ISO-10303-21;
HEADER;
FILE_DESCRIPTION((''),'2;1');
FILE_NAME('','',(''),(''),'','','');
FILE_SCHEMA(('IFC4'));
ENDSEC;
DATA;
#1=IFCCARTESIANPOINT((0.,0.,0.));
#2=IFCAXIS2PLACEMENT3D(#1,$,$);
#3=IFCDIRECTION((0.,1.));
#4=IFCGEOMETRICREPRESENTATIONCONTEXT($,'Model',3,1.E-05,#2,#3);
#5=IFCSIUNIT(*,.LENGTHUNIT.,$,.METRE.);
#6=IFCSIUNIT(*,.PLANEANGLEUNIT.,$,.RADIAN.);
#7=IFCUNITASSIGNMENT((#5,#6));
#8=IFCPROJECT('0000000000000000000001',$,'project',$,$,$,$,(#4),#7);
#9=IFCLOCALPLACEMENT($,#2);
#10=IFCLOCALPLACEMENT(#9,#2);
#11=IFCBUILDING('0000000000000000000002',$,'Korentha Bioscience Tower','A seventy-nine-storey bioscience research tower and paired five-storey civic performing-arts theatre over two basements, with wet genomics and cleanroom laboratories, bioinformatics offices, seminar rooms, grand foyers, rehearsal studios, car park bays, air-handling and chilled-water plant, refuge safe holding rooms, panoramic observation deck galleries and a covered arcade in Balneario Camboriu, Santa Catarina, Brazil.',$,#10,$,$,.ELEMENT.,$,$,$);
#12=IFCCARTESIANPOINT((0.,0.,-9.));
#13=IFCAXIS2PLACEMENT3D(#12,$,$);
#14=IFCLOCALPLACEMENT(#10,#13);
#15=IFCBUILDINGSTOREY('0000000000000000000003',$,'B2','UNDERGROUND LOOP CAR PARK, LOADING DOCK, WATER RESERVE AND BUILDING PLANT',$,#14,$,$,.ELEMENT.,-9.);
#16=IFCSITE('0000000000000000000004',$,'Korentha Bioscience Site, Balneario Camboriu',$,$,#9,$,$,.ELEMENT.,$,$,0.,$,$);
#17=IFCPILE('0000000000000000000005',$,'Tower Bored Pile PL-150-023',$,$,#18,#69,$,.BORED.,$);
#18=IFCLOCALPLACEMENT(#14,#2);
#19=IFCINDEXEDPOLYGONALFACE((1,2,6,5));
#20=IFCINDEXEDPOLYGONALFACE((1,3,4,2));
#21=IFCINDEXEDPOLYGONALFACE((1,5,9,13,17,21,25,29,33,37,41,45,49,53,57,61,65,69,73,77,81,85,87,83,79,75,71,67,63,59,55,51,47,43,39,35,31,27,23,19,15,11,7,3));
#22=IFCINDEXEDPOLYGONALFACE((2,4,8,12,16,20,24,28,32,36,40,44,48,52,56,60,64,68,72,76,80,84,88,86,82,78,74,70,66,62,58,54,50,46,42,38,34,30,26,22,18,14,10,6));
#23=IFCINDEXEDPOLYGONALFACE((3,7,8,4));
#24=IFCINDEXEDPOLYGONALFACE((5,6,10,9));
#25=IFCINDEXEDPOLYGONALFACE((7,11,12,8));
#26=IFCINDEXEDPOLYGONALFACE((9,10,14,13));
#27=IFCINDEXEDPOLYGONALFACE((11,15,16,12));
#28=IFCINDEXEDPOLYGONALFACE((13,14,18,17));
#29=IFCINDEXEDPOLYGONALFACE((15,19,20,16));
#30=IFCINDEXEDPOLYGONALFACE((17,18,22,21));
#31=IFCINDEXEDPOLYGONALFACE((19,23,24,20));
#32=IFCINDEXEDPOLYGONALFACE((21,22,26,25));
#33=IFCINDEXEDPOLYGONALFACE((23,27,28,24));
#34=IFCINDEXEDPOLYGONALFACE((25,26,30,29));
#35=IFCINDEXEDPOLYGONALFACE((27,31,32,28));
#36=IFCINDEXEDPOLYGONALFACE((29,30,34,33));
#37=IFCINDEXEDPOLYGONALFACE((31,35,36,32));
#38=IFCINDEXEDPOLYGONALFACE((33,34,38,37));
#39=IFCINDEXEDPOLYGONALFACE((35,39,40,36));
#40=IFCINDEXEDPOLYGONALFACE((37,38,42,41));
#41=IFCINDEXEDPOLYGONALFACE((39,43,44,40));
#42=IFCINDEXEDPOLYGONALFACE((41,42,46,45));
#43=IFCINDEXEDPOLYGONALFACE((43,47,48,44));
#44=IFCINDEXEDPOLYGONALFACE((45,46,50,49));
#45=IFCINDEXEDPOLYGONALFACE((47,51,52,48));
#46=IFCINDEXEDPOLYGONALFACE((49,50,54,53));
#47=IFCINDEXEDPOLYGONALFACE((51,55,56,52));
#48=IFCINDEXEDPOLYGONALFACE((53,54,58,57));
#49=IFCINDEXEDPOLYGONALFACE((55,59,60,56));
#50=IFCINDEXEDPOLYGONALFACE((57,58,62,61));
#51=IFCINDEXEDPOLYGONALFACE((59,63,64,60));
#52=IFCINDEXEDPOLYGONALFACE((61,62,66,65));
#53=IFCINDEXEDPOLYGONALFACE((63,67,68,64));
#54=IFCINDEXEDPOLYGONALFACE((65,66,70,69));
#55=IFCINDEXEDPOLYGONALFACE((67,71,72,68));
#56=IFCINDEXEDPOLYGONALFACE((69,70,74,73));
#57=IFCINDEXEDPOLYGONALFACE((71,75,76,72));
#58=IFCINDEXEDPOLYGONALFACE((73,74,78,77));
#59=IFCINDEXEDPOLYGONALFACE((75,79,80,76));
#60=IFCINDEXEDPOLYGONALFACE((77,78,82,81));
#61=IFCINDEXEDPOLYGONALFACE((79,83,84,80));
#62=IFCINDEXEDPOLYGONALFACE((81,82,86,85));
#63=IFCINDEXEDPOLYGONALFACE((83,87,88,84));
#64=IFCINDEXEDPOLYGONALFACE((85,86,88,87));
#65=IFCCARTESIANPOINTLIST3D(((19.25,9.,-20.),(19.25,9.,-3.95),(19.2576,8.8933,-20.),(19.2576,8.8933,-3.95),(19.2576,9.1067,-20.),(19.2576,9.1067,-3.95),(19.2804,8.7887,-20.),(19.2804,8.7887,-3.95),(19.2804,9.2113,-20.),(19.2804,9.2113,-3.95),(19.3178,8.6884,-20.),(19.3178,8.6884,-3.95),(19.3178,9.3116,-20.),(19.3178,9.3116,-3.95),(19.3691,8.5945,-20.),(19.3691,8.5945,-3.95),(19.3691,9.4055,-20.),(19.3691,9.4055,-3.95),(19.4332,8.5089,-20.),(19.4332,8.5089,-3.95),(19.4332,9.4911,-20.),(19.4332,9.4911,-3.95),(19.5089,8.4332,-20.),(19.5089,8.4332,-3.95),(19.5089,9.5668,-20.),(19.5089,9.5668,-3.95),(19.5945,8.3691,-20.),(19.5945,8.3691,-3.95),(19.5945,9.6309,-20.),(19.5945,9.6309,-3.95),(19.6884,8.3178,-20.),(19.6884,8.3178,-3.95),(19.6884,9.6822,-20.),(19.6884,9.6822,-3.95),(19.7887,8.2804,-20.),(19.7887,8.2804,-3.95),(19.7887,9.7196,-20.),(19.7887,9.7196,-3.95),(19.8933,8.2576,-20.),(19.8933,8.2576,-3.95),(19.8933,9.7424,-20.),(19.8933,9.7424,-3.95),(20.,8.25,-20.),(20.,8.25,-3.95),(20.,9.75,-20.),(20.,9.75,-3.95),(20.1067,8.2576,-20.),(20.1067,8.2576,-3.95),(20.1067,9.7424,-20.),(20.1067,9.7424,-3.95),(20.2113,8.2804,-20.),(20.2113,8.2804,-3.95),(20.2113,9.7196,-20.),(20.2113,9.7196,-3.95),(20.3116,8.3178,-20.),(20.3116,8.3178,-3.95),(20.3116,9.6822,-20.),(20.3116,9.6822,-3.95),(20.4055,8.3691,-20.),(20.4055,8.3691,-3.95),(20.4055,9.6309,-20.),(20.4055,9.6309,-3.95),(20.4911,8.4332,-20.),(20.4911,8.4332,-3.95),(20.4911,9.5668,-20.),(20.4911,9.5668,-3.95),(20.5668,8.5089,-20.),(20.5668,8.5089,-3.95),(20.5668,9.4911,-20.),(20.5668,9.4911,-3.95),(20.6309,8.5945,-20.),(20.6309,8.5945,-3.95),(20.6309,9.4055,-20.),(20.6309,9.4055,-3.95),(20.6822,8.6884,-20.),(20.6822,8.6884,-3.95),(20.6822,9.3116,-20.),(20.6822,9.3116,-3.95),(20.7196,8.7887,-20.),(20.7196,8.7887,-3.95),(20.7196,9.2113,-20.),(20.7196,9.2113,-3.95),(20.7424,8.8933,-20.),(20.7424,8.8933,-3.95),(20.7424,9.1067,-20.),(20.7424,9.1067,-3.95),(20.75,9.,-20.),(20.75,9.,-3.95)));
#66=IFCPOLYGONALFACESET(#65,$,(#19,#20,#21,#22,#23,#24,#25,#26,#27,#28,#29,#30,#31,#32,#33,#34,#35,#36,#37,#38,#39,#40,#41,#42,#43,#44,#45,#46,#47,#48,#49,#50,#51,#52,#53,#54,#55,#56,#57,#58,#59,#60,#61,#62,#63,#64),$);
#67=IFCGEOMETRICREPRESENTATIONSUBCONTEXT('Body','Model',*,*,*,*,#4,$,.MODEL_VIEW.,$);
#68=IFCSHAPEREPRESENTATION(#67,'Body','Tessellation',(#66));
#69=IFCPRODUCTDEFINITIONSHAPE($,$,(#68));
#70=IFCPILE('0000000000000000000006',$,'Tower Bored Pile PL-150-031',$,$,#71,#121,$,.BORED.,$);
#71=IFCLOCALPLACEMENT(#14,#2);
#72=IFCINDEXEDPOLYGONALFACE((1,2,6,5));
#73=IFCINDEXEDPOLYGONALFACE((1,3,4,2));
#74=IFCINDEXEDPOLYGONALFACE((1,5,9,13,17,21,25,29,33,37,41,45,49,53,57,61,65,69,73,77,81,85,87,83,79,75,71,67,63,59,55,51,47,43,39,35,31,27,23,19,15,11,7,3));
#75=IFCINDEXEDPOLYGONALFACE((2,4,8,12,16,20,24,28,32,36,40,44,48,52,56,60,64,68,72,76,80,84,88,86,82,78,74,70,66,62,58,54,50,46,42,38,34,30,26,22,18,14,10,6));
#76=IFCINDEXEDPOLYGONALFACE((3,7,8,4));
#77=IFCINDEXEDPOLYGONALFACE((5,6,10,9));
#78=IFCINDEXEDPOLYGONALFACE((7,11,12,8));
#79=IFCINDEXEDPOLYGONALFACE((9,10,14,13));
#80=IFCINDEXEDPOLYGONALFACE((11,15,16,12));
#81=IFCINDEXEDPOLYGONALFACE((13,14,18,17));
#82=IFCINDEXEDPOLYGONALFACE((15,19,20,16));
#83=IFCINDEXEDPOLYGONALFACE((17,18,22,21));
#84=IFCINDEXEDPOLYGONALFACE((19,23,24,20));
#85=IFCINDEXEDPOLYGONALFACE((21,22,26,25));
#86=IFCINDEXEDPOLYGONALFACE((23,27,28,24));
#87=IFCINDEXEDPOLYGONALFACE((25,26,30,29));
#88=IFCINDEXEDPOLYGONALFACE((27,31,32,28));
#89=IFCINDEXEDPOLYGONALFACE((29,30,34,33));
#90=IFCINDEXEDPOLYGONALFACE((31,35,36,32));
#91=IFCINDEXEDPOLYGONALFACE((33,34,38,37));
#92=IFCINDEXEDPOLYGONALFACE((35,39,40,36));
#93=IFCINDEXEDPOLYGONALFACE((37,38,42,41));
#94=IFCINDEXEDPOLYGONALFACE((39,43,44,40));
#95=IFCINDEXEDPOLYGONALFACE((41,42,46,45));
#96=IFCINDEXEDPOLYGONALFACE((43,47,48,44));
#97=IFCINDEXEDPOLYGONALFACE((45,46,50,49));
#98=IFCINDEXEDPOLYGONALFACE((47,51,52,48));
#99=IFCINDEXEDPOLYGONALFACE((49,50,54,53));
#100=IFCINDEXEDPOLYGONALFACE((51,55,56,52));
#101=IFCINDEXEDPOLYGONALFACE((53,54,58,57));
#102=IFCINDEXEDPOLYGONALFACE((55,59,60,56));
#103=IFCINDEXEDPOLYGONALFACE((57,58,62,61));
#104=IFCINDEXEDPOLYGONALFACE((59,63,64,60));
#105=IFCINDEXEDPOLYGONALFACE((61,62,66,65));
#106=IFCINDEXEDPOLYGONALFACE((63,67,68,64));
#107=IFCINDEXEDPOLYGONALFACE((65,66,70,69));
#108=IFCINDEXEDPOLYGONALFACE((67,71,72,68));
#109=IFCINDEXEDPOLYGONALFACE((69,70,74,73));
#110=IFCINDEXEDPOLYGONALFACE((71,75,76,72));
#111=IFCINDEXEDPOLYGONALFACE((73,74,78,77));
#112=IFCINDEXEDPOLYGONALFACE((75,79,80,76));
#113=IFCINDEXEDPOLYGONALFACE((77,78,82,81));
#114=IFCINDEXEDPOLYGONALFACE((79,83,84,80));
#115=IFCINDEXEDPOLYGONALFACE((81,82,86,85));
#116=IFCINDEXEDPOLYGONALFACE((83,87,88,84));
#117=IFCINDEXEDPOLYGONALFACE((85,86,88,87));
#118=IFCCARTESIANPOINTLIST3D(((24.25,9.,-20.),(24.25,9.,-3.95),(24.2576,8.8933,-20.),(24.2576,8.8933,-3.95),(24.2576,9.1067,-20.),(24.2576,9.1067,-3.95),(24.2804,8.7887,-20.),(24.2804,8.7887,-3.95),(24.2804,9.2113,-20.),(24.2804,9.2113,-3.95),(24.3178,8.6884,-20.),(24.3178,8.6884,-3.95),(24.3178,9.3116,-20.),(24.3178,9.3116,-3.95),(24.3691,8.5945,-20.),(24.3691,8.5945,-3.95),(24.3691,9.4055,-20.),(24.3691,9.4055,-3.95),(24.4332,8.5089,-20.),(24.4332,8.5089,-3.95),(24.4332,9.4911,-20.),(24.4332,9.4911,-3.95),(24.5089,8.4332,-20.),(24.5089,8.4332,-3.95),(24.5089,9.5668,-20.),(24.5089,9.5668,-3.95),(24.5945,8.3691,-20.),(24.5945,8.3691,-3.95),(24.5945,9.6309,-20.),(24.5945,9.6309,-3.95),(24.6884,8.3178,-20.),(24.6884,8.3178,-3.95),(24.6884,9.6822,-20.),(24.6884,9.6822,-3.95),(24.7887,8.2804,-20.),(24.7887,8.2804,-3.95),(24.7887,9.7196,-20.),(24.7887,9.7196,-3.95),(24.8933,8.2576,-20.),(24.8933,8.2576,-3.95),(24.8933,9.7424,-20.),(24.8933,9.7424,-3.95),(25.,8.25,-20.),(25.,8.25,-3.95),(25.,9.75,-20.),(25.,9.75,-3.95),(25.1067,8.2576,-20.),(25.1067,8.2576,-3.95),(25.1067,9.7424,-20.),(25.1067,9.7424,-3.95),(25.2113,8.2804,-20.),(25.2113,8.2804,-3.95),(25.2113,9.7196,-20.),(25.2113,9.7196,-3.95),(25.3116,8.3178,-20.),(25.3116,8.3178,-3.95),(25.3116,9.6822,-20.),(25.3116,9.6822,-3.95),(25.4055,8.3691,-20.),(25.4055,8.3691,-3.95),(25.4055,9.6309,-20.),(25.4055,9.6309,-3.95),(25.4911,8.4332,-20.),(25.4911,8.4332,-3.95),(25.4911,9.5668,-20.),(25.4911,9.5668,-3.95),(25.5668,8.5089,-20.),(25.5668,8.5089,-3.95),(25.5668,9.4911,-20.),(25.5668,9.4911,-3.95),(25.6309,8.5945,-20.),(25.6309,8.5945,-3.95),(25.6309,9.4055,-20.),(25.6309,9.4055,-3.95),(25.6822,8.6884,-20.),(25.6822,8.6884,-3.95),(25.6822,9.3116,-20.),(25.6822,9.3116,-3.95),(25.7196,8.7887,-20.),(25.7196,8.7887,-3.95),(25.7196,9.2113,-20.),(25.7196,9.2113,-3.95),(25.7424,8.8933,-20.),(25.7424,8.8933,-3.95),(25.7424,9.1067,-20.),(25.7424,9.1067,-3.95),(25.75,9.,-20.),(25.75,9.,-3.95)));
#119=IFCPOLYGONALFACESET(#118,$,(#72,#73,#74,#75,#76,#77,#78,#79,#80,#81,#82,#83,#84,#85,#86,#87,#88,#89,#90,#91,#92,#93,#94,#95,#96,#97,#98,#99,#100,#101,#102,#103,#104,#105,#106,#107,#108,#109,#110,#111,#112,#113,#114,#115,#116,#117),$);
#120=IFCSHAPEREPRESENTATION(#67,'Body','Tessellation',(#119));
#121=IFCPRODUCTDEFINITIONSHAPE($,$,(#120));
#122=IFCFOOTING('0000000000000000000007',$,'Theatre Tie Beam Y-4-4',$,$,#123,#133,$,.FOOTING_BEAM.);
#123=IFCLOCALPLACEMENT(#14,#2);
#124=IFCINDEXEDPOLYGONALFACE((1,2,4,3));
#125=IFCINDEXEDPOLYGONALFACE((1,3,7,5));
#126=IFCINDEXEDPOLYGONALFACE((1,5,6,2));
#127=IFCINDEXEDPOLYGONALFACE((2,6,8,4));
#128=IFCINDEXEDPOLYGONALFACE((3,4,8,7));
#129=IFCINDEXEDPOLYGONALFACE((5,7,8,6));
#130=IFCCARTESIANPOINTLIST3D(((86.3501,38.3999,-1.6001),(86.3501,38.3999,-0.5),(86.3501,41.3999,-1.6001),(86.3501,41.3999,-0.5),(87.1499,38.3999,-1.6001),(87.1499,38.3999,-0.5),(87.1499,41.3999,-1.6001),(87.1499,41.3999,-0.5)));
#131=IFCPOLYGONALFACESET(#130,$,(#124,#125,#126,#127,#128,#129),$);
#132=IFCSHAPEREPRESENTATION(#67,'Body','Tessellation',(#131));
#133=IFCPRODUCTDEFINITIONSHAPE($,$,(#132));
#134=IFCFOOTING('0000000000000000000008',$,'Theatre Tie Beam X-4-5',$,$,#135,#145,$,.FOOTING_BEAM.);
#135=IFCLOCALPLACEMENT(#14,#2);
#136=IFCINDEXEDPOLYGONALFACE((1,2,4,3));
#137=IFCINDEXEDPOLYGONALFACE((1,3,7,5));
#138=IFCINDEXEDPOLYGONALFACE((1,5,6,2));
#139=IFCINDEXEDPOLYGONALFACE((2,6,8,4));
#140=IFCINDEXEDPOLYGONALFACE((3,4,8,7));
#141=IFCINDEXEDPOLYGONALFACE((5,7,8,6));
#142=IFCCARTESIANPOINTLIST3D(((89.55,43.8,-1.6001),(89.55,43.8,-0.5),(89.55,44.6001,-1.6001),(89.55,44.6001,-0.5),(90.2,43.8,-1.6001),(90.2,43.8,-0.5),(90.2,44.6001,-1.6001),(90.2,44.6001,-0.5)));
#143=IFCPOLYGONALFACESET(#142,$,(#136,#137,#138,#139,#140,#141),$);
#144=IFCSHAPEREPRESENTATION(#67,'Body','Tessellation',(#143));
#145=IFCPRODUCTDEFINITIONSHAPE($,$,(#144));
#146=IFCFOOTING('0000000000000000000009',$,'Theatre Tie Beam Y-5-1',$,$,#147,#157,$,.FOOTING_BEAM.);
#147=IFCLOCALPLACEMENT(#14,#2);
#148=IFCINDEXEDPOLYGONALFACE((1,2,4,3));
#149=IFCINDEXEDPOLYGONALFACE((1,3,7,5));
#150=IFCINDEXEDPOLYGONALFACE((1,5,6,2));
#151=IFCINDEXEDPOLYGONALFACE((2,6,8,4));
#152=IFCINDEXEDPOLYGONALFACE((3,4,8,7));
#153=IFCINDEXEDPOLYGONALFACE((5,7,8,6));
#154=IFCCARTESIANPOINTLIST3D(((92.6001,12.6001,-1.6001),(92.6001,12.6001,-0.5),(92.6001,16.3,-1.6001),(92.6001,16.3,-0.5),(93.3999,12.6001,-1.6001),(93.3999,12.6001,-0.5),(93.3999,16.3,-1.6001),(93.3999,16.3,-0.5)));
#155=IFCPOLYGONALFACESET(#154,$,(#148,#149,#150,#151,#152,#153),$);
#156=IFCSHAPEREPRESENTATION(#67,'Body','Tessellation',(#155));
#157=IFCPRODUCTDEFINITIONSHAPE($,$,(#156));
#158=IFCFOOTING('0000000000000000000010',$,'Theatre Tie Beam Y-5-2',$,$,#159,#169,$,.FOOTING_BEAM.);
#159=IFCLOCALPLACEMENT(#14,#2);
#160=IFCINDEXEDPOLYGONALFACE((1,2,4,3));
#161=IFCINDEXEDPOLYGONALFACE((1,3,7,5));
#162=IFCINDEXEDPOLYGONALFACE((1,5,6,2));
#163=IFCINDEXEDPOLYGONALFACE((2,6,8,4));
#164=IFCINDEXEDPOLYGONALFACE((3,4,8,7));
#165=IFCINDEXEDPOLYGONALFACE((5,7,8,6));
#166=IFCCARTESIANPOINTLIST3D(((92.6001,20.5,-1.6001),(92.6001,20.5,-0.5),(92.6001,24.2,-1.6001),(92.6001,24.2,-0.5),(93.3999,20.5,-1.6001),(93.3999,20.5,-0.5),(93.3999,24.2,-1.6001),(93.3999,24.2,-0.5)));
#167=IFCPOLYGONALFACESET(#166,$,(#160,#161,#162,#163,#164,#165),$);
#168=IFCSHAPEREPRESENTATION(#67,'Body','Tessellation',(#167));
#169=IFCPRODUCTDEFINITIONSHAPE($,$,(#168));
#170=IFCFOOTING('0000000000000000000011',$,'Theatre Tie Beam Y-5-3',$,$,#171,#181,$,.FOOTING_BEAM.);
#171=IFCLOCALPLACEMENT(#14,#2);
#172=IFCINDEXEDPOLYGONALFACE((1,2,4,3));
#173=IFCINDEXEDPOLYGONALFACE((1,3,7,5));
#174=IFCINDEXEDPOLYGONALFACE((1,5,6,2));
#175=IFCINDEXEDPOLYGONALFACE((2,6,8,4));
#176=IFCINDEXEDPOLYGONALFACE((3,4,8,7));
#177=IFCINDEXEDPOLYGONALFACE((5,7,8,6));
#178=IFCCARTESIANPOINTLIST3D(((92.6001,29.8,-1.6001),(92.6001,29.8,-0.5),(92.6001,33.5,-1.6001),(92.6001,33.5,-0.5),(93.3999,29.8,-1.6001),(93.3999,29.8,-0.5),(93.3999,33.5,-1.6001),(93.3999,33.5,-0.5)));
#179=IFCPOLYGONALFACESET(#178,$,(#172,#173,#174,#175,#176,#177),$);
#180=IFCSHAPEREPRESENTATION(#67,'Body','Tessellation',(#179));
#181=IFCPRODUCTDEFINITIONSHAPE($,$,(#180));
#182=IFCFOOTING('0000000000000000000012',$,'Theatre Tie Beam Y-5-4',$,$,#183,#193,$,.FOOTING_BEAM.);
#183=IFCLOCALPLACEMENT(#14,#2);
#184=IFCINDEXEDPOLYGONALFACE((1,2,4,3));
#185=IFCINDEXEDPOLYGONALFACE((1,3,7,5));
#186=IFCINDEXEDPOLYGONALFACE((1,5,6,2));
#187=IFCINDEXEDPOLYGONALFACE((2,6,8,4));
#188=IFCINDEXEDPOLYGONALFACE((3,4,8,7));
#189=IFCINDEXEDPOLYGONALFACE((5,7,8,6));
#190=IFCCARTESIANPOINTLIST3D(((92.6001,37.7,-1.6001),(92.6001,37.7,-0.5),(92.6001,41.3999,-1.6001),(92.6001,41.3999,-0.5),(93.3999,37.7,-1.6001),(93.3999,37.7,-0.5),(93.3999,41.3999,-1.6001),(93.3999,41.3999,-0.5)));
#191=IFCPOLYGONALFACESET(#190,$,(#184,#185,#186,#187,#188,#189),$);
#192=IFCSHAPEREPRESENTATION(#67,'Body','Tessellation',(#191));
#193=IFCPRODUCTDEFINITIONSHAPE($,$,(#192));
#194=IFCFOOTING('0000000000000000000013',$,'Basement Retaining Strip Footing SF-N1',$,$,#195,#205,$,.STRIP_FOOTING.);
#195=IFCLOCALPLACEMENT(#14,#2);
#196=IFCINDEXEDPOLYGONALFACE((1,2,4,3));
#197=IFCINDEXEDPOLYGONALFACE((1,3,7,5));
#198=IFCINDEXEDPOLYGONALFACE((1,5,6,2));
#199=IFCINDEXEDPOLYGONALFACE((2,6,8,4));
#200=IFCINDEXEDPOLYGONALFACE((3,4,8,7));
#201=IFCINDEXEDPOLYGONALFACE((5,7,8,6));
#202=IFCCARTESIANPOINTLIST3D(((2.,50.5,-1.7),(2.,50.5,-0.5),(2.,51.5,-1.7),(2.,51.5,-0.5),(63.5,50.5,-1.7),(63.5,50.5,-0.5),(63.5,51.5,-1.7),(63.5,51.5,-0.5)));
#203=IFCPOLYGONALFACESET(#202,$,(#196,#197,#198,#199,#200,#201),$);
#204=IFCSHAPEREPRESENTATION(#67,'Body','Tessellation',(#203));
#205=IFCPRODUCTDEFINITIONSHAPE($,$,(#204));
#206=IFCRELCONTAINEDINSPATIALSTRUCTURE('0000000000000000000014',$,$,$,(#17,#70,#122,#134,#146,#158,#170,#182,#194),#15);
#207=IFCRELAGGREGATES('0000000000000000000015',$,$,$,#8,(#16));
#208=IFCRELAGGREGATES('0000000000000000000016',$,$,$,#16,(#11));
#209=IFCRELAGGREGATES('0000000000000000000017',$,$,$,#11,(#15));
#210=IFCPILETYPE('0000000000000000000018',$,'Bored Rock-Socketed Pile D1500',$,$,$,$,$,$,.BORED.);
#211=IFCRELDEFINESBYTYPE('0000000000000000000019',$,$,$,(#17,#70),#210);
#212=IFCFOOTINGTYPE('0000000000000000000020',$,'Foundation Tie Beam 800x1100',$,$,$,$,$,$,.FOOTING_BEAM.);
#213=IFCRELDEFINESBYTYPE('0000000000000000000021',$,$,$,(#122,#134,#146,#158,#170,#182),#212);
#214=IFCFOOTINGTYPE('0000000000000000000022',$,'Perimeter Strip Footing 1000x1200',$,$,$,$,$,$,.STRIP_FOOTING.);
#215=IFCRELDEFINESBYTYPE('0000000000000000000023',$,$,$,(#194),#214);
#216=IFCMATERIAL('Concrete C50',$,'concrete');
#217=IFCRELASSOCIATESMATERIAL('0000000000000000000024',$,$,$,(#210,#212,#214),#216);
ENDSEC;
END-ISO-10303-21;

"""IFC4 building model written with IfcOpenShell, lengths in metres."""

from ifc_helpers import new_model, si_unit, direction, frame, origin, origin_2d, place, context, subcontext, project, spatial, polyline, circle, outline, extrude, material, material_profile, profile_set, type_object, element, save


model = new_model("IFC4")

# Units and contexts
model_context = context("Model", 3, precision=1e-05, world=origin(), true_north=direction((0.0, 1.0)))
body_context = subcontext(model_context, "Body", "Model", "MODEL_VIEW")
ifc_project = project(units=[si_unit("LENGTHUNIT", "METRE"), si_unit("PLANEANGLEUNIT", "RADIAN")], contexts=[model_context])

# Site, building, storey
site_placement = place(None, origin())
site = spatial("IfcSite", under=ifc_project, at=site_placement, Name="Korentha Bioscience Site, Balneario Camboriu", CompositionType="ELEMENT", RefElevation=0.0)
building_placement = place(site_placement, origin())
building = spatial("IfcBuilding", under=site, at=building_placement, Name="Korentha Bioscience Tower", Description="A seventy-nine-storey bioscience research tower and paired five-storey civic performing-arts theatre over two basements, with wet genomics and cleanroom laboratories, bioinformatics offices, seminar rooms, grand foyers, rehearsal studios, car park bays, air-handling and chilled-water plant, refuge safe holding rooms, panoramic observation deck galleries and a covered arcade in Balneario Camboriu, Santa Catarina, Brazil.", CompositionType="ELEMENT")
storey_placement = place(building_placement, frame((0.0, 0.0, -9.0)))
storey = spatial("IfcBuildingStorey", under=building, at=storey_placement, Name="B2", Description="UNDERGROUND LOOP CAR PARK, LOADING DOCK, WATER RESERVE AND BUILDING PLANT", CompositionType="ELEMENT", Elevation=-9.0)

# Shared definitions
ifc_material_1 = material(Name="Concrete C50", Category="concrete")

# Piles
ifc_material_profile_1 = material_profile(ifc_material_1, circle(Radius=0.75, at=origin_2d()), Name="Concrete C50")
ifc_profile_set_1 = profile_set([ifc_material_profile_1], Name="Concrete C50 (PL-150)")
pile_type = type_object("IfcPileType", Name="Bored Rock-Socketed Pile D1500", PredefinedType="BORED", material=ifc_profile_set_1)
for number, where, z_axis, x_axis, name in (
    (1, (20.0, 9.0, -3.95), (0.0, 0.0, -1.0), (1.0, 0.0, 0.0), "Tower Bored Pile PL-150-023"),
    (2, (25.0, 9.0, -3.95), (0.0, 0.0, -1.0), (1.0, 0.0, 0.0), "Tower Bored Pile PL-150-031"),
):
    element("IfcPile", number, at=place(storey_placement, frame(where, z_axis=z_axis, x_axis=x_axis)), inside=storey, type_object=pile_type, Name=name, PredefinedType="BORED", context=body_context, shape_type="SweptSolid", body=[
        extrude(circle(Radius=0.75, at=origin_2d()), origin(), (0.0, 0.0, 1.0), 16.05),
    ])

# Footings
footing_type_1 = type_object("IfcFootingType", Name="Foundation Tie Beam 800x1100", PredefinedType="FOOTING_BEAM", material=ifc_material_1)
footing_1_placement = place(storey_placement, frame((0.0, 0.0, -1.6001)))
element("IfcFooting", 3, at=footing_1_placement, inside=storey, type_object=footing_type_1, Name="Theatre Tie Beam Y-4-4", PredefinedType="FOOTING_BEAM", context=body_context, shape_type="SweptSolid", body=[
    extrude(outline(polyline([(86.3501, 38.3999), (87.1499, 38.3999), (87.1499, 41.3999), (86.3501, 41.3999), (86.3501, 38.3999)])), origin(), (0.0, 0.0, 1.0), 1.1001),
])
footing_2_placement = place(storey_placement, frame((0.0, 0.0, -1.6001)))
element("IfcFooting", 4, at=footing_2_placement, inside=storey, type_object=footing_type_1, Name="Theatre Tie Beam X-4-5", PredefinedType="FOOTING_BEAM", context=body_context, shape_type="SweptSolid", body=[
    extrude(outline(polyline([(89.55, 43.8), (90.2, 43.8), (90.2, 44.6001), (89.55, 44.6001), (89.55, 43.8)])), origin(), (0.0, 0.0, 1.0), 1.1001),
])
footing_3_placement = place(storey_placement, frame((0.0, 0.0, -1.6001)))
element("IfcFooting", 5, at=footing_3_placement, inside=storey, type_object=footing_type_1, Name="Theatre Tie Beam Y-5-1", PredefinedType="FOOTING_BEAM", context=body_context, shape_type="SweptSolid", body=[
    extrude(outline(polyline([(92.6001, 12.6001), (93.3999, 12.6001), (93.3999, 16.3), (92.6001, 16.3), (92.6001, 12.6001)])), origin(), (0.0, 0.0, 1.0), 1.1001),
])
footing_4_placement = place(storey_placement, frame((0.0, 0.0, -1.6001)))
element("IfcFooting", 6, at=footing_4_placement, inside=storey, type_object=footing_type_1, Name="Theatre Tie Beam Y-5-2", PredefinedType="FOOTING_BEAM", context=body_context, shape_type="SweptSolid", body=[
    extrude(outline(polyline([(92.6001, 20.5), (93.3999, 20.5), (93.3999, 24.2), (92.6001, 24.2), (92.6001, 20.5)])), origin(), (0.0, 0.0, 1.0), 1.1001),
])
footing_5_placement = place(storey_placement, frame((0.0, 0.0, -1.6001)))
element("IfcFooting", 7, at=footing_5_placement, inside=storey, type_object=footing_type_1, Name="Theatre Tie Beam Y-5-3", PredefinedType="FOOTING_BEAM", context=body_context, shape_type="SweptSolid", body=[
    extrude(outline(polyline([(92.6001, 29.8), (93.3999, 29.8), (93.3999, 33.5), (92.6001, 33.5), (92.6001, 29.8)])), origin(), (0.0, 0.0, 1.0), 1.1001),
])
footing_6_placement = place(storey_placement, frame((0.0, 0.0, -1.6001)))
element("IfcFooting", 8, at=footing_6_placement, inside=storey, type_object=footing_type_1, Name="Theatre Tie Beam Y-5-4", PredefinedType="FOOTING_BEAM", context=body_context, shape_type="SweptSolid", body=[
    extrude(outline(polyline([(92.6001, 37.7), (93.3999, 37.7), (93.3999, 41.3999), (92.6001, 41.3999), (92.6001, 37.7)])), origin(), (0.0, 0.0, 1.0), 1.1001),
])
footing_type_2 = type_object("IfcFootingType", Name="Perimeter Strip Footing 1000x1200", PredefinedType="STRIP_FOOTING", material=ifc_material_1)
footing_7_placement = place(storey_placement, frame((0.0, 0.0, -1.7)))
element("IfcFooting", 9, at=footing_7_placement, inside=storey, type_object=footing_type_2, Name="Basement Retaining Strip Footing SF-N1", PredefinedType="STRIP_FOOTING", context=body_context, shape_type="SweptSolid", body=[
    extrude(outline(polyline([(2.0, 50.5), (63.5, 50.5), (63.5, 51.5), (2.0, 51.5), (2.0, 50.5)])), origin(), (0.0, 0.0, 1.0), 1.2),
])

save(model, "model.ifc")
